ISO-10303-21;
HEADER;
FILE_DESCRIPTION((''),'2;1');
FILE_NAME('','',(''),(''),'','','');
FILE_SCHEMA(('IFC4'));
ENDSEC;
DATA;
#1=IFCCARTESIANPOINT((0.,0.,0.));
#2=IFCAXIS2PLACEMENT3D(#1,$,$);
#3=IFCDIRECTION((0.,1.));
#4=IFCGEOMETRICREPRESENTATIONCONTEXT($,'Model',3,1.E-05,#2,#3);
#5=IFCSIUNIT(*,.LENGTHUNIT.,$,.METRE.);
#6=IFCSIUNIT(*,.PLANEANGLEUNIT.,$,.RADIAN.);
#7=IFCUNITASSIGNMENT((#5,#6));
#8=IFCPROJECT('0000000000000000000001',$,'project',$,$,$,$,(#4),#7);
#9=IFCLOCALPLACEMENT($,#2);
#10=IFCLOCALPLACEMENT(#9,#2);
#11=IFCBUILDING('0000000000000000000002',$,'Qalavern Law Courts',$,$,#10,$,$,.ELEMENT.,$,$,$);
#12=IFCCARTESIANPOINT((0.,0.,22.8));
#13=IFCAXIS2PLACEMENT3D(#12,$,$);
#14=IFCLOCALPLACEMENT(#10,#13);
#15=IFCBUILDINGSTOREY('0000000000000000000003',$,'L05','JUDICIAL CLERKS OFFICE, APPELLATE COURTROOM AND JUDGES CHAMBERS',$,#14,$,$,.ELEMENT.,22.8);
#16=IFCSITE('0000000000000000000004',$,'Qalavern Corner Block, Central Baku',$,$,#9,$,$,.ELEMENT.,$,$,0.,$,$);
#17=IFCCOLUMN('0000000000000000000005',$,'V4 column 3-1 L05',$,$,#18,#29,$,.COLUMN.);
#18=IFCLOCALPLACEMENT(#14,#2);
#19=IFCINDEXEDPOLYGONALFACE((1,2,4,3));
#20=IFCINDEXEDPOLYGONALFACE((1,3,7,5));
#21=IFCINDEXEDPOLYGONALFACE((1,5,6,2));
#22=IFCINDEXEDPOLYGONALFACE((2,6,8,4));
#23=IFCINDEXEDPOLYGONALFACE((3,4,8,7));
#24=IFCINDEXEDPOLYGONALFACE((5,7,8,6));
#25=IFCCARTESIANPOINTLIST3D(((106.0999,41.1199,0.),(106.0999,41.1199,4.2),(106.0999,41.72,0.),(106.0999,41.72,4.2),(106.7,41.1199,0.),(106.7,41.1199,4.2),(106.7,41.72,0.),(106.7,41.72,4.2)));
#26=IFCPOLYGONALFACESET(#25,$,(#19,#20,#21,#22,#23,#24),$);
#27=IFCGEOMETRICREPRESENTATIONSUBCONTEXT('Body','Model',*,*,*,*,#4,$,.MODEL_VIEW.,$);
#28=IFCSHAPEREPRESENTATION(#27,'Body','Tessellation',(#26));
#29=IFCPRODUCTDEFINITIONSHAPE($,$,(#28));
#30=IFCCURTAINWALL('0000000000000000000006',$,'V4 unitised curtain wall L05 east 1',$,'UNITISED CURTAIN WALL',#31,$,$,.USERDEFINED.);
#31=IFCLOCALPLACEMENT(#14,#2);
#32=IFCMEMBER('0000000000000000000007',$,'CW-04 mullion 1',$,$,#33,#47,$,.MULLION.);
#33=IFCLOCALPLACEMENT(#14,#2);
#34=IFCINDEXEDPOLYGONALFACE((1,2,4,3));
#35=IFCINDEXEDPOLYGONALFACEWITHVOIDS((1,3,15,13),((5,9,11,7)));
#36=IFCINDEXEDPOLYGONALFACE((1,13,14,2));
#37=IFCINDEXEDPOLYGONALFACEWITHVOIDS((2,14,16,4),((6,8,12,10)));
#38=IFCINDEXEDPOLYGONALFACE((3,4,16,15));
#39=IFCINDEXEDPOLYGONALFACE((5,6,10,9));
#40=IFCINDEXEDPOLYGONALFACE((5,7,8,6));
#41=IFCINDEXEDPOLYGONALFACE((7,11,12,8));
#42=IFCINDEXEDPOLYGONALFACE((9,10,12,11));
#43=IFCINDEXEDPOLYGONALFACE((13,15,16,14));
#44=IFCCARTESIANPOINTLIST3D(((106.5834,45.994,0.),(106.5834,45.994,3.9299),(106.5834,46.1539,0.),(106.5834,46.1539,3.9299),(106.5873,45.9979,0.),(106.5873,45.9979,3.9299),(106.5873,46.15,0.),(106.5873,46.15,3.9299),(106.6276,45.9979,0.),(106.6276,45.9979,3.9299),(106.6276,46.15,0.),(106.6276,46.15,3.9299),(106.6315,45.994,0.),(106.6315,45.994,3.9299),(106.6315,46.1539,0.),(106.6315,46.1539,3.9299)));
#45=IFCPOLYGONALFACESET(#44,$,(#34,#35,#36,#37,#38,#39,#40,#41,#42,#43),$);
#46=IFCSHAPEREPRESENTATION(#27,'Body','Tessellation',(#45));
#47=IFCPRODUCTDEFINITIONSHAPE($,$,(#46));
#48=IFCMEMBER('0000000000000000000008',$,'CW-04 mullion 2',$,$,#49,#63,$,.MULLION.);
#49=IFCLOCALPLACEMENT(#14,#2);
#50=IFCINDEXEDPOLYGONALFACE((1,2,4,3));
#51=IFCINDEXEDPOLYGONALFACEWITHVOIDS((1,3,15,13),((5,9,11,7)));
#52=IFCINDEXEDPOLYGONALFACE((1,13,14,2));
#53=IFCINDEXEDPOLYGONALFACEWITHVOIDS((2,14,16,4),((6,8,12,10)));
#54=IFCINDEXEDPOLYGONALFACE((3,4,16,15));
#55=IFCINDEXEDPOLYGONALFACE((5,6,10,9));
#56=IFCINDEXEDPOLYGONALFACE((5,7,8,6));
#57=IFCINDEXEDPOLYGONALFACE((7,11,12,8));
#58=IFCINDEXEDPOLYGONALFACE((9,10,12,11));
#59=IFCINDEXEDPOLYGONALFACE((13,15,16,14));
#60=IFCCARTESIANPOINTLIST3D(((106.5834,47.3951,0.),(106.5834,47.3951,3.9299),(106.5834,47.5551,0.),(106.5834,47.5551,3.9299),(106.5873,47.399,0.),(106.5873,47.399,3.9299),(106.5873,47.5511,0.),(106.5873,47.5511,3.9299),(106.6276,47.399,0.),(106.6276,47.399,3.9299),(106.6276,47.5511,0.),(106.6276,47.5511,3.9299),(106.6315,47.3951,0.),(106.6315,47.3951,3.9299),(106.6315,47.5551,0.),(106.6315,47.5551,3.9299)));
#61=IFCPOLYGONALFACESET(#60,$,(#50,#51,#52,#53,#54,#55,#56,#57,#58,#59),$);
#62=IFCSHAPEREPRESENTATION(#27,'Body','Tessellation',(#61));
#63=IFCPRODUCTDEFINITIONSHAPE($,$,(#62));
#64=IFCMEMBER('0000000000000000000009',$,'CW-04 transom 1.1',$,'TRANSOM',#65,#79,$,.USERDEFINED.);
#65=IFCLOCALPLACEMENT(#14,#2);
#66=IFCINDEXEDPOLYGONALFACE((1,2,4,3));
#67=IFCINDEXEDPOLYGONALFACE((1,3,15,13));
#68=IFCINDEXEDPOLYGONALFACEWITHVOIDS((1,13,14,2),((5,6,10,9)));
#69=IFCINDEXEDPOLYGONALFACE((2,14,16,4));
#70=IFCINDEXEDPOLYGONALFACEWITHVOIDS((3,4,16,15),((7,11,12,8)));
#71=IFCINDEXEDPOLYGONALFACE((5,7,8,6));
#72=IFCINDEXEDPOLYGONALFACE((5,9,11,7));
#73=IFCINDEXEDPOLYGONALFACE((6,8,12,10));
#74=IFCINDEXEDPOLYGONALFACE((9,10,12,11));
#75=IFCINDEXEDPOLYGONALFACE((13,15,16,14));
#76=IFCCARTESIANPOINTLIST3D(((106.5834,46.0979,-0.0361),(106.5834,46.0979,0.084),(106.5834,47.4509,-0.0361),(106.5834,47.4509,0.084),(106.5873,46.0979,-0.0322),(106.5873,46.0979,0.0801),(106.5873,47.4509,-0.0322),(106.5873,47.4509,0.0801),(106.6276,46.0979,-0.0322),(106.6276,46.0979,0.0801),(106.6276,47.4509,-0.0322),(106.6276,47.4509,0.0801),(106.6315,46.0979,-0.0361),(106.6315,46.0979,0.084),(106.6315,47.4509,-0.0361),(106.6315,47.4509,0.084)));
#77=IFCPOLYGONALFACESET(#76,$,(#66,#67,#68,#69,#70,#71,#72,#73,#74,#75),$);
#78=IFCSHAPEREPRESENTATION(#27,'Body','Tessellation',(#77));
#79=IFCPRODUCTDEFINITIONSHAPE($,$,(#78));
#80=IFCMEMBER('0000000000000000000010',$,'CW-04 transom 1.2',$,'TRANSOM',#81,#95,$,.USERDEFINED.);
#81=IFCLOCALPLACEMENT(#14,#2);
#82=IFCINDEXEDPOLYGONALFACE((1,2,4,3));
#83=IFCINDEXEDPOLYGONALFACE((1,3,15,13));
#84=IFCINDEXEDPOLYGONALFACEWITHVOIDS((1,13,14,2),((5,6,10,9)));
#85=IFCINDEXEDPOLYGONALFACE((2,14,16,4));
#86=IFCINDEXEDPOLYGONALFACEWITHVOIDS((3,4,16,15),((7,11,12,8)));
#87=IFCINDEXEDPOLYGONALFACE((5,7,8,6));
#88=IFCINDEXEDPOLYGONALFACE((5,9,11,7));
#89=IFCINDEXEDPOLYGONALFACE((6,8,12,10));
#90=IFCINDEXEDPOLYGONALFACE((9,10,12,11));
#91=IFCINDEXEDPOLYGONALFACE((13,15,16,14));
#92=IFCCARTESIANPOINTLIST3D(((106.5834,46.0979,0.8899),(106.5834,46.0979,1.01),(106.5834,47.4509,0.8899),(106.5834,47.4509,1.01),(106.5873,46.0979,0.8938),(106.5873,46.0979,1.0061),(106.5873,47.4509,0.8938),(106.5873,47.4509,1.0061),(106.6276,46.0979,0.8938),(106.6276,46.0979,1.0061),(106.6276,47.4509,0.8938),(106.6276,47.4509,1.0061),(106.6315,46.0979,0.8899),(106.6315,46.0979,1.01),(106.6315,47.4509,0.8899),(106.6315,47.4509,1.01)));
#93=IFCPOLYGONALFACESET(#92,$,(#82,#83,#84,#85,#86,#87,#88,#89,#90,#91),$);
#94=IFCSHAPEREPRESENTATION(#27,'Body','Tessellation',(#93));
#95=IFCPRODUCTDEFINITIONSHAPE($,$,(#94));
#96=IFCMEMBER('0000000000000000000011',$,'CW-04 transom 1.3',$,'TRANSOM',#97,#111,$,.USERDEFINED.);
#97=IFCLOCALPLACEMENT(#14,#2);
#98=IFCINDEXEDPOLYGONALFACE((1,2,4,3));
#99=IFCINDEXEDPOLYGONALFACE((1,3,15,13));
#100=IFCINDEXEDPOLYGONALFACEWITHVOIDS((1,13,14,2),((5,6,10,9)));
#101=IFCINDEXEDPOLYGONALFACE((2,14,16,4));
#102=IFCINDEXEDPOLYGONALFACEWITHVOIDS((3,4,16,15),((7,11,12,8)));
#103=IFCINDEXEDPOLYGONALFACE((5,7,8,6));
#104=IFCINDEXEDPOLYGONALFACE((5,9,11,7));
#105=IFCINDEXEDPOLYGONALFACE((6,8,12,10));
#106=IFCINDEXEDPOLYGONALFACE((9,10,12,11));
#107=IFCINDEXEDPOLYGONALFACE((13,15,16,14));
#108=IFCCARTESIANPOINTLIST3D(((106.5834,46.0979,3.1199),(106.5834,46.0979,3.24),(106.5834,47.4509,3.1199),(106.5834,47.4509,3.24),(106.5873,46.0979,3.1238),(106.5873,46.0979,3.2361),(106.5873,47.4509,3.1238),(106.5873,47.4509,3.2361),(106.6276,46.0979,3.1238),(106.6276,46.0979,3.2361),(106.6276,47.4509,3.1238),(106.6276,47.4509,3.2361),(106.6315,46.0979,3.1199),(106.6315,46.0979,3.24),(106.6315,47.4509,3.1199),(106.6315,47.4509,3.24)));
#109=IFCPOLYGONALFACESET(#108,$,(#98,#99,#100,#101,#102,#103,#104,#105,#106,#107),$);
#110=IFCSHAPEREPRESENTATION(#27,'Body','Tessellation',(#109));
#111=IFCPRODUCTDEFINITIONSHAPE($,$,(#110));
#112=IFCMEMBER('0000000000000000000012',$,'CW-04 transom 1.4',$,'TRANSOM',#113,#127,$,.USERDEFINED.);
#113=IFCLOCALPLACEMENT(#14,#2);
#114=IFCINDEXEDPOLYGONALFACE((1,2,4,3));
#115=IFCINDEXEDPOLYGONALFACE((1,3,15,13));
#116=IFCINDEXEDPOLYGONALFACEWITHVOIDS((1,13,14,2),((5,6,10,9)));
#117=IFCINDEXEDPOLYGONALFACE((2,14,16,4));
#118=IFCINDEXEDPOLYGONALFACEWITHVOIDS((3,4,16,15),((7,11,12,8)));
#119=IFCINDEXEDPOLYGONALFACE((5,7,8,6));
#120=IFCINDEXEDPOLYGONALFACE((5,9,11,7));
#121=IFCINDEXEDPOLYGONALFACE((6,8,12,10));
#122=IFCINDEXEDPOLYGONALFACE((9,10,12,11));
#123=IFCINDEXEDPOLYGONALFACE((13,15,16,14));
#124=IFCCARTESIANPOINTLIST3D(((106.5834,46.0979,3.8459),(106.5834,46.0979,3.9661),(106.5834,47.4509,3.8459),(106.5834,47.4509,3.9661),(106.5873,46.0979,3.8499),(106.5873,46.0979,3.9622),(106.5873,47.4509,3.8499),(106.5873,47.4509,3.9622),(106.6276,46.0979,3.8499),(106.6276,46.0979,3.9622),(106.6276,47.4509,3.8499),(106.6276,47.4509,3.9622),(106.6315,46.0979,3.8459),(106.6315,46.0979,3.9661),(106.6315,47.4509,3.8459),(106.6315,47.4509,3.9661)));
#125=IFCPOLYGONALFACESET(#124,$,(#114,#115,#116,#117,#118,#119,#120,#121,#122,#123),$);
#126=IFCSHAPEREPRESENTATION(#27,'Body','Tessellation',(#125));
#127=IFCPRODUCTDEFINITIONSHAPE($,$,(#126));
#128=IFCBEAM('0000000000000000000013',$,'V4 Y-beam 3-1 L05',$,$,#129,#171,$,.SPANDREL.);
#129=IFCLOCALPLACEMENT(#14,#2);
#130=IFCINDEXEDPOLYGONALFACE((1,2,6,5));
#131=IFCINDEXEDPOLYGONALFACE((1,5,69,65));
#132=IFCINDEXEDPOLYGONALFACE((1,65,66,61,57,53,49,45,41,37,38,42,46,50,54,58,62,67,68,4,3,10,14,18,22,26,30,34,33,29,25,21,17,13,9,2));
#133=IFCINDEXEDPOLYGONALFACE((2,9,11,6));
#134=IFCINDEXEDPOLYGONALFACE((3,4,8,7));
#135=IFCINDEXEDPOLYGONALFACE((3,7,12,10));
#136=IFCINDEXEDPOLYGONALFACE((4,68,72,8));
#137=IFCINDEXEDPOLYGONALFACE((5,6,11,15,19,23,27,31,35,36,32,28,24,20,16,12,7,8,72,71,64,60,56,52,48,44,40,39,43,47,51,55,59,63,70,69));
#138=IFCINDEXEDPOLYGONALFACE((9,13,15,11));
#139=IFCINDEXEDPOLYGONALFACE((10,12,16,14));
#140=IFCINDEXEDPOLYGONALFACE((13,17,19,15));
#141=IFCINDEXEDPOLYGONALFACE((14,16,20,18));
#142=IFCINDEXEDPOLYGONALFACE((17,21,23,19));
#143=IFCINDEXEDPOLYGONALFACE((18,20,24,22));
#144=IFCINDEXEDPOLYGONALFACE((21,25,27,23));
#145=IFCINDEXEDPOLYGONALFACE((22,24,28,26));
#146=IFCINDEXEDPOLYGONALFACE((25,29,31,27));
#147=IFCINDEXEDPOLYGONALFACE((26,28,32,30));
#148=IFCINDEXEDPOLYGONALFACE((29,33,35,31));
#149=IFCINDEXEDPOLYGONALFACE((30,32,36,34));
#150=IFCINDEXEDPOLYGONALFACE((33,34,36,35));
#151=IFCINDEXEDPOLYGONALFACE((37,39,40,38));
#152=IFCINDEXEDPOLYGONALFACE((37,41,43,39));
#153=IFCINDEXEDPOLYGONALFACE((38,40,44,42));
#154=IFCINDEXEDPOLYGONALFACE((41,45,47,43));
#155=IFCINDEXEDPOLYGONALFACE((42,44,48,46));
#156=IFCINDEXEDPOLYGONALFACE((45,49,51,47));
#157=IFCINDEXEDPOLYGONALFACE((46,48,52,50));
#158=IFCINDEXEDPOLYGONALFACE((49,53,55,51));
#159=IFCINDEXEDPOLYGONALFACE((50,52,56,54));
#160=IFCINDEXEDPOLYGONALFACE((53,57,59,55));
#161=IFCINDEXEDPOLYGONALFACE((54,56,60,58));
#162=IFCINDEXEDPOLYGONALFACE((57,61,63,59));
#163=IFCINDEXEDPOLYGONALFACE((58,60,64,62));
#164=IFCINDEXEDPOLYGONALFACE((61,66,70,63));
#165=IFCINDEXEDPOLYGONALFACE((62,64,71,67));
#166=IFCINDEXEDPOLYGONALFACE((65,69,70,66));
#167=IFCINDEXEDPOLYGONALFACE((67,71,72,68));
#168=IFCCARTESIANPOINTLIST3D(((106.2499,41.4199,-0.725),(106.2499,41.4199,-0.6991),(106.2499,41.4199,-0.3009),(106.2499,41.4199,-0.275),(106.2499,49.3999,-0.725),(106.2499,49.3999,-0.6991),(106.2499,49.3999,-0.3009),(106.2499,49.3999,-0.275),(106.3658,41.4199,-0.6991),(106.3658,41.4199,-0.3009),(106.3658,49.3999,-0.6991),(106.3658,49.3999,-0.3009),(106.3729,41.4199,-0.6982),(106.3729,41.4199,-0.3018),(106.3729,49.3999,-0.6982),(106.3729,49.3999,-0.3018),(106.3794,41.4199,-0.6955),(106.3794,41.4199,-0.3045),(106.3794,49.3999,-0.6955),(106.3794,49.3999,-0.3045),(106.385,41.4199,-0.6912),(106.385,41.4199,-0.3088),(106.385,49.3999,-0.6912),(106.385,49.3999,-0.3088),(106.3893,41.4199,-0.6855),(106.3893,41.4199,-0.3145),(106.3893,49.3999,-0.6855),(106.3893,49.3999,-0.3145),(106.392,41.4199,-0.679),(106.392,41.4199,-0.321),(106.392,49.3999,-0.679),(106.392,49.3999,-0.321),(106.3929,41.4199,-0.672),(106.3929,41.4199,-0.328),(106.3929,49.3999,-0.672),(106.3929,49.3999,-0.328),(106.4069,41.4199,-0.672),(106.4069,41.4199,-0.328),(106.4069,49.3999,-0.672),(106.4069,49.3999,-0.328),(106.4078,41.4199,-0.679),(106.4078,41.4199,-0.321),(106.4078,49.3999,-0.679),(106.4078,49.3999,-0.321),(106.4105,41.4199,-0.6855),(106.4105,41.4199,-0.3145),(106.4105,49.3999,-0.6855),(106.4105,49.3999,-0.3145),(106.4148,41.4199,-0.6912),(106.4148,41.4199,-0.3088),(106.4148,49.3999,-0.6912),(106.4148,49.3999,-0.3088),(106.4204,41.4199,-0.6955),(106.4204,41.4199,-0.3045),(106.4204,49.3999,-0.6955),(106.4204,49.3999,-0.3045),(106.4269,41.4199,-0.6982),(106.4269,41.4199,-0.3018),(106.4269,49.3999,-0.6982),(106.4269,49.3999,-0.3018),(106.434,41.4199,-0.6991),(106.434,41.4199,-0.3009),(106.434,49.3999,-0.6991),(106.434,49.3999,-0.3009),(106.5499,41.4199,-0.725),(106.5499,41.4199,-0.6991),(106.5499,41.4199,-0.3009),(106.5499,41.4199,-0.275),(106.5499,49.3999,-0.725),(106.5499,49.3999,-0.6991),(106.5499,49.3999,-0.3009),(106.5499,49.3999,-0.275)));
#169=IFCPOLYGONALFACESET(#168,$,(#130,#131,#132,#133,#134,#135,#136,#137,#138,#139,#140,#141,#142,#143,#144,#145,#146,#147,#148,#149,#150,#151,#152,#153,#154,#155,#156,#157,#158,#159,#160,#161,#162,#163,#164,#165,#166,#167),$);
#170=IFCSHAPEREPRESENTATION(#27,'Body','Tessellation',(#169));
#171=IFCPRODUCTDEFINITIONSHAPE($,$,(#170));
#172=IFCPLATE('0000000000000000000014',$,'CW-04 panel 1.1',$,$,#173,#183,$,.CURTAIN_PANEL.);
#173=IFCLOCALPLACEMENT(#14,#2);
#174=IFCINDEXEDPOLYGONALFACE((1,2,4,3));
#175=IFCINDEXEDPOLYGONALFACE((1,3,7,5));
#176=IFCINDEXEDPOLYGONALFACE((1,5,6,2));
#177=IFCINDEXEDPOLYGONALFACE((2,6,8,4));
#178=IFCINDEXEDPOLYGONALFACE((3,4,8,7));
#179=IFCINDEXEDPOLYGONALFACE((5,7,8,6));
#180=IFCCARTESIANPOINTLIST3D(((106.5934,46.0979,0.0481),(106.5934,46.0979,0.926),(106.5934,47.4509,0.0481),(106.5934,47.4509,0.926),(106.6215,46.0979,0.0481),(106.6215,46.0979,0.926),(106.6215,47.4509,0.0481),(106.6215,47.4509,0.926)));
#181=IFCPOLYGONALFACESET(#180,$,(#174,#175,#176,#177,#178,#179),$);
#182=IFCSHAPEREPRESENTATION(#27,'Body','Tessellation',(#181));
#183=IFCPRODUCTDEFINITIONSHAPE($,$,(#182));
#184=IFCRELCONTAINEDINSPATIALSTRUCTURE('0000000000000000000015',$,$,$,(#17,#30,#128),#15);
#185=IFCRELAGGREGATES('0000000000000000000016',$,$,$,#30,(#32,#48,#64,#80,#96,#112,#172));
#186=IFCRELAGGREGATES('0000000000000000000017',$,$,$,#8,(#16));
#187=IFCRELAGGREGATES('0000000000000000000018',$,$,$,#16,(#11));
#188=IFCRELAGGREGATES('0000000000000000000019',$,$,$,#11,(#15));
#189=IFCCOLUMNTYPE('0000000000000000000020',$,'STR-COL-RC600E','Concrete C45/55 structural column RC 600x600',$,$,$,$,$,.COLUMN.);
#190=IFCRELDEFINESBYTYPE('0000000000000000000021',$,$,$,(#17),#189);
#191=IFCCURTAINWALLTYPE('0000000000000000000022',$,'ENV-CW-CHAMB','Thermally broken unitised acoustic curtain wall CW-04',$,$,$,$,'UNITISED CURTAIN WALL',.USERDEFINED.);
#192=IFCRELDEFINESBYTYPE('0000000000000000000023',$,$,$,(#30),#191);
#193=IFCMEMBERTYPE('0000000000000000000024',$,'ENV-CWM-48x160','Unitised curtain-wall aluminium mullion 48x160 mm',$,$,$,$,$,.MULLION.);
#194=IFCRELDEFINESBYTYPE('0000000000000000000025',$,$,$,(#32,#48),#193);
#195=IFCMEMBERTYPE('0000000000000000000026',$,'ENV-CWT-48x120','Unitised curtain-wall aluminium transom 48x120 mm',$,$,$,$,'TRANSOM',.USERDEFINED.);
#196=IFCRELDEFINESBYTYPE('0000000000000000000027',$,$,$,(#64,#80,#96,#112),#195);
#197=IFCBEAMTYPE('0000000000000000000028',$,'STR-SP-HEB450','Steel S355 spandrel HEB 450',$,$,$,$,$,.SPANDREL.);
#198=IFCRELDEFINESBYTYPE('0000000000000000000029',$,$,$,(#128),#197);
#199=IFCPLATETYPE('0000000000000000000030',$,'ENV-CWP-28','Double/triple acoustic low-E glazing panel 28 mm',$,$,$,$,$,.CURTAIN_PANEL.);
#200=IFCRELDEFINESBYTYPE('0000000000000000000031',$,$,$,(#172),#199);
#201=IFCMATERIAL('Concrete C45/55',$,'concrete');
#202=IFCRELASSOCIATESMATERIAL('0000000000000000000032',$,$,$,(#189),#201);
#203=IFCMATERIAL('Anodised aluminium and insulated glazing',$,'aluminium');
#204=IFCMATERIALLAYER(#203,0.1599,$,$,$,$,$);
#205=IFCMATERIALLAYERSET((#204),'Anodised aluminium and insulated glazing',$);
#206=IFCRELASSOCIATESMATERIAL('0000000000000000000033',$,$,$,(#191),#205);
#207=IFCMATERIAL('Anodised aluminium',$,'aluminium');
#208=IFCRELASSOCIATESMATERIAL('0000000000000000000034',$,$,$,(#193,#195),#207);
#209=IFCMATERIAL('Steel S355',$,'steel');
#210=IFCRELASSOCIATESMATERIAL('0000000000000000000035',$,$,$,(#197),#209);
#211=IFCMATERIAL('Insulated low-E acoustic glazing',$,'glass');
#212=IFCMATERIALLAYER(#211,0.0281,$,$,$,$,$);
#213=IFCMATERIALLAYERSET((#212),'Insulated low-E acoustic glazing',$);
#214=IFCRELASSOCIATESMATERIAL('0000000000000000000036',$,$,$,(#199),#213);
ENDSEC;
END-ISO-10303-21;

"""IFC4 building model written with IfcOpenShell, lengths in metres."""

from ifc_helpers import new_model, si_unit, direction, frame, origin, origin_2d, place, context, subcontext, project, spatial, rectangle, hollow_rectangle, i_section, extrude, material, layer, layer_set, material_profile, profile_set, type_object, element, aggregate, save


model = new_model("IFC4")

# Units and contexts
model_context = context("Model", 3, precision=1e-05, world=origin(), true_north=direction((0.0, 1.0)))
body_context = subcontext(model_context, "Body", "Model", "MODEL_VIEW")
ifc_project = project(units=[si_unit("LENGTHUNIT", "METRE"), si_unit("PLANEANGLEUNIT", "RADIAN")], contexts=[model_context])

# Site, building, storey
site_placement = place(None, origin())
site = spatial("IfcSite", under=ifc_project, at=site_placement, Name="Qalavern Corner Block, Central Baku", CompositionType="ELEMENT", RefElevation=0.0)
building_placement = place(site_placement, origin())
building = spatial("IfcBuilding", under=site, at=building_placement, Name="Qalavern Law Courts", CompositionType="ELEMENT")
storey_placement = place(building_placement, frame((0.0, 0.0, 22.8)))
storey = spatial("IfcBuildingStorey", under=building, at=storey_placement, Name="L05", Description="JUDICIAL CLERKS OFFICE, APPELLATE COURTROOM AND JUDGES CHAMBERS", CompositionType="ELEMENT", Elevation=22.8)

# Column
ifc_material_1 = material(Name="Concrete C45/55", Category="concrete")
ifc_material_profile_1 = material_profile(ifc_material_1, rectangle(XDim=0.6001, YDim=0.6001, at=origin_2d()), Name="RC 600x600")
ifc_profile_set_1 = profile_set([ifc_material_profile_1], Name="Concrete C45/55")
column_type = type_object("IfcColumnType", Name="STR-COL-RC600E", Description="Concrete C45/55 structural column RC 600x600", PredefinedType="COLUMN", material=ifc_profile_set_1)
column_placement = place(storey_placement, frame((106.3999, 41.4199, 0.0), z_axis=(0.0, 0.0, 1.0), x_axis=(1.0, 0.0, 0.0)))
element("IfcColumn", 1, at=column_placement, inside=storey, type_object=column_type, Name="V4 column 3-1 L05", PredefinedType="COLUMN", context=body_context, shape_type="SweptSolid", body=[
    extrude(rectangle(XDim=0.6001, YDim=0.6001, at=origin_2d()), origin(), (0.0, 0.0, 1.0), 4.2),
])

# Curtain wall, members
ifc_material_2 = material(Name="Anodised aluminium and insulated glazing", Category="aluminium")
ifc_layer_1 = layer(ifc_material_2, 0.1599)
ifc_layer_set_1 = layer_set([ifc_layer_1], Name="Anodised aluminium and insulated glazing")
curtain_wall_type = type_object("IfcCurtainWallType", Name="ENV-CW-CHAMB", Description="Thermally broken unitised acoustic curtain wall CW-04", ElementType="UNITISED CURTAIN WALL", PredefinedType="USERDEFINED", material=ifc_layer_set_1)
curtain_wall_placement = place(storey_placement, origin())
curtain_wall = element("IfcCurtainWall", 2, at=curtain_wall_placement, inside=storey, type_object=curtain_wall_type, Name="V4 unitised curtain wall L05 east 1", ObjectType="UNITISED CURTAIN WALL", PredefinedType="USERDEFINED")
ifc_material_3 = material(Name="Anodised aluminium", Category="aluminium")
ifc_material_profile_2 = material_profile(ifc_material_3, hollow_rectangle(XDim=0.0481, YDim=0.1599, WallThickness=0.0039, at=origin_2d()), Name="ALU MULLION 48x160")
ifc_profile_set_2 = profile_set([ifc_material_profile_2], Name="Anodised aluminium")
member_type_1 = type_object("IfcMemberType", Name="ENV-CWM-48x160", Description="Unitised curtain-wall aluminium mullion 48x160 mm", PredefinedType="MULLION", material=ifc_profile_set_2)
member_1_placement = place(storey_placement, frame((106.6074, 46.074, 0.0), z_axis=(0.0, 0.0, 1.0), x_axis=(-1.0, 0.0, 0.0)))
member_1 = element("IfcMember", 3, at=member_1_placement, type_object=member_type_1, Name="CW-04 mullion 1", PredefinedType="MULLION", context=body_context, shape_type="SweptSolid", body=[
    extrude(hollow_rectangle(XDim=0.0481, YDim=0.1599, WallThickness=0.0039, at=origin_2d()), origin(), (0.0, 0.0, 1.0), 3.9299),
])
member_2_placement = place(storey_placement, frame((106.6074, 47.4751, 0.0), z_axis=(0.0, 0.0, 1.0), x_axis=(-1.0, 0.0, 0.0)))
member_2 = element("IfcMember", 4, at=member_2_placement, type_object=member_type_1, Name="CW-04 mullion 2", PredefinedType="MULLION", context=body_context, shape_type="SweptSolid", body=[
    extrude(hollow_rectangle(XDim=0.0481, YDim=0.1599, WallThickness=0.0039, at=origin_2d()), origin(), (0.0, 0.0, 1.0), 3.9299),
])
ifc_material_profile_3 = material_profile(ifc_material_3, hollow_rectangle(XDim=0.0481, YDim=0.1201, WallThickness=0.0039, at=origin_2d()), Name="ALU TRANSOM 48x120")
ifc_profile_set_3 = profile_set([ifc_material_profile_3], Name="Anodised aluminium")
member_type_2 = type_object("IfcMemberType", Name="ENV-CWT-48x120", Description="Unitised curtain-wall aluminium transom 48x120 mm", ElementType="TRANSOM", PredefinedType="USERDEFINED", material=ifc_profile_set_3)
member_3_placement = place(storey_placement, frame((106.6074, 46.0979, 0.0239), z_axis=(0.0, 1.0, 0.0), x_axis=(-1.0, 0.0, 0.0)))
member_3 = element("IfcMember", 5, at=member_3_placement, type_object=member_type_2, Name="CW-04 transom 1.1", ObjectType="TRANSOM", PredefinedType="USERDEFINED", context=body_context, shape_type="SweptSolid", body=[
    extrude(hollow_rectangle(XDim=0.0481, YDim=0.1201, WallThickness=0.0039, at=origin_2d()), origin(), (0.0, 0.0, 1.0), 1.353),
])
member_4_placement = place(storey_placement, frame((106.6074, 46.0979, 0.95), z_axis=(0.0, 1.0, 0.0), x_axis=(-1.0, 0.0, 0.0)))
member_4 = element("IfcMember", 6, at=member_4_placement, type_object=member_type_2, Name="CW-04 transom 1.2", ObjectType="TRANSOM", PredefinedType="USERDEFINED", context=body_context, shape_type="SweptSolid", body=[
    extrude(hollow_rectangle(XDim=0.0481, YDim=0.1201, WallThickness=0.0039, at=origin_2d()), origin(), (0.0, 0.0, 1.0), 1.353),
])
member_5_placement = place(storey_placement, frame((106.6074, 46.0979, 3.1799), z_axis=(0.0, 1.0, 0.0), x_axis=(-1.0, 0.0, 0.0)))
member_5 = element("IfcMember", 7, at=member_5_placement, type_object=member_type_2, Name="CW-04 transom 1.3", ObjectType="TRANSOM", PredefinedType="USERDEFINED", context=body_context, shape_type="SweptSolid", body=[
    extrude(hollow_rectangle(XDim=0.0481, YDim=0.1201, WallThickness=0.0039, at=origin_2d()), origin(), (0.0, 0.0, 1.0), 1.353),
])
member_6_placement = place(storey_placement, frame((106.6074, 46.0979, 3.906), z_axis=(0.0, 1.0, 0.0), x_axis=(-1.0, 0.0, 0.0)))
member_6 = element("IfcMember", 8, at=member_6_placement, type_object=member_type_2, Name="CW-04 transom 1.4", ObjectType="TRANSOM", PredefinedType="USERDEFINED", context=body_context, shape_type="SweptSolid", body=[
    extrude(hollow_rectangle(XDim=0.0481, YDim=0.1201, WallThickness=0.0039, at=origin_2d()), origin(), (0.0, 0.0, 1.0), 1.353),
])

# Beam
ifc_material_4 = material(Name="Steel S355", Category="steel")
ifc_material_profile_4 = material_profile(ifc_material_4, i_section(OverallWidth=0.3, OverallDepth=0.45, WebThickness=0.0139, FlangeThickness=0.0259, FilletRadius=0.0271, at=origin_2d()), Name="HEB 450")
ifc_profile_set_4 = profile_set([ifc_material_profile_4], Name="Steel S355")
beam_type = type_object("IfcBeamType", Name="STR-SP-HEB450", Description="Steel S355 spandrel HEB 450", PredefinedType="SPANDREL", material=ifc_profile_set_4)
beam_placement = place(storey_placement, frame((106.3999, 41.4199, -0.5), z_axis=(0.0, 1.0, 0.0), x_axis=(-1.0, 0.0, 0.0)))
element("IfcBeam", 9, at=beam_placement, inside=storey, type_object=beam_type, Name="V4 Y-beam 3-1 L05", PredefinedType="SPANDREL", context=body_context, shape_type="SweptSolid", body=[
    extrude(i_section(OverallWidth=0.3, OverallDepth=0.45, WebThickness=0.0139, FlangeThickness=0.0259, FilletRadius=0.0271, at=origin_2d()), origin(), (0.0, 0.0, 1.0), 7.98),
])

# Plate
ifc_material_5 = material(Name="Insulated low-E acoustic glazing", Category="glass")
ifc_layer_2 = layer(ifc_material_5, 0.0281)
ifc_layer_set_2 = layer_set([ifc_layer_2], Name="Insulated low-E acoustic glazing")
plate_type = type_object("IfcPlateType", Name="ENV-CWP-28", Description="Double/triple acoustic low-E glazing panel 28 mm", PredefinedType="CURTAIN_PANEL", material=ifc_layer_set_2)
plate_1_placement = place(storey_placement, frame((106.6074, 46.7744, 0.0481), z_axis=(0.0, 0.0, 1.0), x_axis=(0.0, 1.0, 0.0)))
plate_1 = element("IfcPlate", 10, at=plate_1_placement, type_object=plate_type, Name="CW-04 panel 1.1", PredefinedType="CURTAIN_PANEL", context=body_context, shape_type="SweptSolid", body=[
    extrude(rectangle(XDim=1.353, YDim=0.0281, at=origin_2d()), origin(), (0.0, 0.0, 1.0), 0.8779),
])
aggregate(curtain_wall, [member_1, member_2, member_3, member_4, member_5, member_6, plate_1])

save(model, "model.ifc")
